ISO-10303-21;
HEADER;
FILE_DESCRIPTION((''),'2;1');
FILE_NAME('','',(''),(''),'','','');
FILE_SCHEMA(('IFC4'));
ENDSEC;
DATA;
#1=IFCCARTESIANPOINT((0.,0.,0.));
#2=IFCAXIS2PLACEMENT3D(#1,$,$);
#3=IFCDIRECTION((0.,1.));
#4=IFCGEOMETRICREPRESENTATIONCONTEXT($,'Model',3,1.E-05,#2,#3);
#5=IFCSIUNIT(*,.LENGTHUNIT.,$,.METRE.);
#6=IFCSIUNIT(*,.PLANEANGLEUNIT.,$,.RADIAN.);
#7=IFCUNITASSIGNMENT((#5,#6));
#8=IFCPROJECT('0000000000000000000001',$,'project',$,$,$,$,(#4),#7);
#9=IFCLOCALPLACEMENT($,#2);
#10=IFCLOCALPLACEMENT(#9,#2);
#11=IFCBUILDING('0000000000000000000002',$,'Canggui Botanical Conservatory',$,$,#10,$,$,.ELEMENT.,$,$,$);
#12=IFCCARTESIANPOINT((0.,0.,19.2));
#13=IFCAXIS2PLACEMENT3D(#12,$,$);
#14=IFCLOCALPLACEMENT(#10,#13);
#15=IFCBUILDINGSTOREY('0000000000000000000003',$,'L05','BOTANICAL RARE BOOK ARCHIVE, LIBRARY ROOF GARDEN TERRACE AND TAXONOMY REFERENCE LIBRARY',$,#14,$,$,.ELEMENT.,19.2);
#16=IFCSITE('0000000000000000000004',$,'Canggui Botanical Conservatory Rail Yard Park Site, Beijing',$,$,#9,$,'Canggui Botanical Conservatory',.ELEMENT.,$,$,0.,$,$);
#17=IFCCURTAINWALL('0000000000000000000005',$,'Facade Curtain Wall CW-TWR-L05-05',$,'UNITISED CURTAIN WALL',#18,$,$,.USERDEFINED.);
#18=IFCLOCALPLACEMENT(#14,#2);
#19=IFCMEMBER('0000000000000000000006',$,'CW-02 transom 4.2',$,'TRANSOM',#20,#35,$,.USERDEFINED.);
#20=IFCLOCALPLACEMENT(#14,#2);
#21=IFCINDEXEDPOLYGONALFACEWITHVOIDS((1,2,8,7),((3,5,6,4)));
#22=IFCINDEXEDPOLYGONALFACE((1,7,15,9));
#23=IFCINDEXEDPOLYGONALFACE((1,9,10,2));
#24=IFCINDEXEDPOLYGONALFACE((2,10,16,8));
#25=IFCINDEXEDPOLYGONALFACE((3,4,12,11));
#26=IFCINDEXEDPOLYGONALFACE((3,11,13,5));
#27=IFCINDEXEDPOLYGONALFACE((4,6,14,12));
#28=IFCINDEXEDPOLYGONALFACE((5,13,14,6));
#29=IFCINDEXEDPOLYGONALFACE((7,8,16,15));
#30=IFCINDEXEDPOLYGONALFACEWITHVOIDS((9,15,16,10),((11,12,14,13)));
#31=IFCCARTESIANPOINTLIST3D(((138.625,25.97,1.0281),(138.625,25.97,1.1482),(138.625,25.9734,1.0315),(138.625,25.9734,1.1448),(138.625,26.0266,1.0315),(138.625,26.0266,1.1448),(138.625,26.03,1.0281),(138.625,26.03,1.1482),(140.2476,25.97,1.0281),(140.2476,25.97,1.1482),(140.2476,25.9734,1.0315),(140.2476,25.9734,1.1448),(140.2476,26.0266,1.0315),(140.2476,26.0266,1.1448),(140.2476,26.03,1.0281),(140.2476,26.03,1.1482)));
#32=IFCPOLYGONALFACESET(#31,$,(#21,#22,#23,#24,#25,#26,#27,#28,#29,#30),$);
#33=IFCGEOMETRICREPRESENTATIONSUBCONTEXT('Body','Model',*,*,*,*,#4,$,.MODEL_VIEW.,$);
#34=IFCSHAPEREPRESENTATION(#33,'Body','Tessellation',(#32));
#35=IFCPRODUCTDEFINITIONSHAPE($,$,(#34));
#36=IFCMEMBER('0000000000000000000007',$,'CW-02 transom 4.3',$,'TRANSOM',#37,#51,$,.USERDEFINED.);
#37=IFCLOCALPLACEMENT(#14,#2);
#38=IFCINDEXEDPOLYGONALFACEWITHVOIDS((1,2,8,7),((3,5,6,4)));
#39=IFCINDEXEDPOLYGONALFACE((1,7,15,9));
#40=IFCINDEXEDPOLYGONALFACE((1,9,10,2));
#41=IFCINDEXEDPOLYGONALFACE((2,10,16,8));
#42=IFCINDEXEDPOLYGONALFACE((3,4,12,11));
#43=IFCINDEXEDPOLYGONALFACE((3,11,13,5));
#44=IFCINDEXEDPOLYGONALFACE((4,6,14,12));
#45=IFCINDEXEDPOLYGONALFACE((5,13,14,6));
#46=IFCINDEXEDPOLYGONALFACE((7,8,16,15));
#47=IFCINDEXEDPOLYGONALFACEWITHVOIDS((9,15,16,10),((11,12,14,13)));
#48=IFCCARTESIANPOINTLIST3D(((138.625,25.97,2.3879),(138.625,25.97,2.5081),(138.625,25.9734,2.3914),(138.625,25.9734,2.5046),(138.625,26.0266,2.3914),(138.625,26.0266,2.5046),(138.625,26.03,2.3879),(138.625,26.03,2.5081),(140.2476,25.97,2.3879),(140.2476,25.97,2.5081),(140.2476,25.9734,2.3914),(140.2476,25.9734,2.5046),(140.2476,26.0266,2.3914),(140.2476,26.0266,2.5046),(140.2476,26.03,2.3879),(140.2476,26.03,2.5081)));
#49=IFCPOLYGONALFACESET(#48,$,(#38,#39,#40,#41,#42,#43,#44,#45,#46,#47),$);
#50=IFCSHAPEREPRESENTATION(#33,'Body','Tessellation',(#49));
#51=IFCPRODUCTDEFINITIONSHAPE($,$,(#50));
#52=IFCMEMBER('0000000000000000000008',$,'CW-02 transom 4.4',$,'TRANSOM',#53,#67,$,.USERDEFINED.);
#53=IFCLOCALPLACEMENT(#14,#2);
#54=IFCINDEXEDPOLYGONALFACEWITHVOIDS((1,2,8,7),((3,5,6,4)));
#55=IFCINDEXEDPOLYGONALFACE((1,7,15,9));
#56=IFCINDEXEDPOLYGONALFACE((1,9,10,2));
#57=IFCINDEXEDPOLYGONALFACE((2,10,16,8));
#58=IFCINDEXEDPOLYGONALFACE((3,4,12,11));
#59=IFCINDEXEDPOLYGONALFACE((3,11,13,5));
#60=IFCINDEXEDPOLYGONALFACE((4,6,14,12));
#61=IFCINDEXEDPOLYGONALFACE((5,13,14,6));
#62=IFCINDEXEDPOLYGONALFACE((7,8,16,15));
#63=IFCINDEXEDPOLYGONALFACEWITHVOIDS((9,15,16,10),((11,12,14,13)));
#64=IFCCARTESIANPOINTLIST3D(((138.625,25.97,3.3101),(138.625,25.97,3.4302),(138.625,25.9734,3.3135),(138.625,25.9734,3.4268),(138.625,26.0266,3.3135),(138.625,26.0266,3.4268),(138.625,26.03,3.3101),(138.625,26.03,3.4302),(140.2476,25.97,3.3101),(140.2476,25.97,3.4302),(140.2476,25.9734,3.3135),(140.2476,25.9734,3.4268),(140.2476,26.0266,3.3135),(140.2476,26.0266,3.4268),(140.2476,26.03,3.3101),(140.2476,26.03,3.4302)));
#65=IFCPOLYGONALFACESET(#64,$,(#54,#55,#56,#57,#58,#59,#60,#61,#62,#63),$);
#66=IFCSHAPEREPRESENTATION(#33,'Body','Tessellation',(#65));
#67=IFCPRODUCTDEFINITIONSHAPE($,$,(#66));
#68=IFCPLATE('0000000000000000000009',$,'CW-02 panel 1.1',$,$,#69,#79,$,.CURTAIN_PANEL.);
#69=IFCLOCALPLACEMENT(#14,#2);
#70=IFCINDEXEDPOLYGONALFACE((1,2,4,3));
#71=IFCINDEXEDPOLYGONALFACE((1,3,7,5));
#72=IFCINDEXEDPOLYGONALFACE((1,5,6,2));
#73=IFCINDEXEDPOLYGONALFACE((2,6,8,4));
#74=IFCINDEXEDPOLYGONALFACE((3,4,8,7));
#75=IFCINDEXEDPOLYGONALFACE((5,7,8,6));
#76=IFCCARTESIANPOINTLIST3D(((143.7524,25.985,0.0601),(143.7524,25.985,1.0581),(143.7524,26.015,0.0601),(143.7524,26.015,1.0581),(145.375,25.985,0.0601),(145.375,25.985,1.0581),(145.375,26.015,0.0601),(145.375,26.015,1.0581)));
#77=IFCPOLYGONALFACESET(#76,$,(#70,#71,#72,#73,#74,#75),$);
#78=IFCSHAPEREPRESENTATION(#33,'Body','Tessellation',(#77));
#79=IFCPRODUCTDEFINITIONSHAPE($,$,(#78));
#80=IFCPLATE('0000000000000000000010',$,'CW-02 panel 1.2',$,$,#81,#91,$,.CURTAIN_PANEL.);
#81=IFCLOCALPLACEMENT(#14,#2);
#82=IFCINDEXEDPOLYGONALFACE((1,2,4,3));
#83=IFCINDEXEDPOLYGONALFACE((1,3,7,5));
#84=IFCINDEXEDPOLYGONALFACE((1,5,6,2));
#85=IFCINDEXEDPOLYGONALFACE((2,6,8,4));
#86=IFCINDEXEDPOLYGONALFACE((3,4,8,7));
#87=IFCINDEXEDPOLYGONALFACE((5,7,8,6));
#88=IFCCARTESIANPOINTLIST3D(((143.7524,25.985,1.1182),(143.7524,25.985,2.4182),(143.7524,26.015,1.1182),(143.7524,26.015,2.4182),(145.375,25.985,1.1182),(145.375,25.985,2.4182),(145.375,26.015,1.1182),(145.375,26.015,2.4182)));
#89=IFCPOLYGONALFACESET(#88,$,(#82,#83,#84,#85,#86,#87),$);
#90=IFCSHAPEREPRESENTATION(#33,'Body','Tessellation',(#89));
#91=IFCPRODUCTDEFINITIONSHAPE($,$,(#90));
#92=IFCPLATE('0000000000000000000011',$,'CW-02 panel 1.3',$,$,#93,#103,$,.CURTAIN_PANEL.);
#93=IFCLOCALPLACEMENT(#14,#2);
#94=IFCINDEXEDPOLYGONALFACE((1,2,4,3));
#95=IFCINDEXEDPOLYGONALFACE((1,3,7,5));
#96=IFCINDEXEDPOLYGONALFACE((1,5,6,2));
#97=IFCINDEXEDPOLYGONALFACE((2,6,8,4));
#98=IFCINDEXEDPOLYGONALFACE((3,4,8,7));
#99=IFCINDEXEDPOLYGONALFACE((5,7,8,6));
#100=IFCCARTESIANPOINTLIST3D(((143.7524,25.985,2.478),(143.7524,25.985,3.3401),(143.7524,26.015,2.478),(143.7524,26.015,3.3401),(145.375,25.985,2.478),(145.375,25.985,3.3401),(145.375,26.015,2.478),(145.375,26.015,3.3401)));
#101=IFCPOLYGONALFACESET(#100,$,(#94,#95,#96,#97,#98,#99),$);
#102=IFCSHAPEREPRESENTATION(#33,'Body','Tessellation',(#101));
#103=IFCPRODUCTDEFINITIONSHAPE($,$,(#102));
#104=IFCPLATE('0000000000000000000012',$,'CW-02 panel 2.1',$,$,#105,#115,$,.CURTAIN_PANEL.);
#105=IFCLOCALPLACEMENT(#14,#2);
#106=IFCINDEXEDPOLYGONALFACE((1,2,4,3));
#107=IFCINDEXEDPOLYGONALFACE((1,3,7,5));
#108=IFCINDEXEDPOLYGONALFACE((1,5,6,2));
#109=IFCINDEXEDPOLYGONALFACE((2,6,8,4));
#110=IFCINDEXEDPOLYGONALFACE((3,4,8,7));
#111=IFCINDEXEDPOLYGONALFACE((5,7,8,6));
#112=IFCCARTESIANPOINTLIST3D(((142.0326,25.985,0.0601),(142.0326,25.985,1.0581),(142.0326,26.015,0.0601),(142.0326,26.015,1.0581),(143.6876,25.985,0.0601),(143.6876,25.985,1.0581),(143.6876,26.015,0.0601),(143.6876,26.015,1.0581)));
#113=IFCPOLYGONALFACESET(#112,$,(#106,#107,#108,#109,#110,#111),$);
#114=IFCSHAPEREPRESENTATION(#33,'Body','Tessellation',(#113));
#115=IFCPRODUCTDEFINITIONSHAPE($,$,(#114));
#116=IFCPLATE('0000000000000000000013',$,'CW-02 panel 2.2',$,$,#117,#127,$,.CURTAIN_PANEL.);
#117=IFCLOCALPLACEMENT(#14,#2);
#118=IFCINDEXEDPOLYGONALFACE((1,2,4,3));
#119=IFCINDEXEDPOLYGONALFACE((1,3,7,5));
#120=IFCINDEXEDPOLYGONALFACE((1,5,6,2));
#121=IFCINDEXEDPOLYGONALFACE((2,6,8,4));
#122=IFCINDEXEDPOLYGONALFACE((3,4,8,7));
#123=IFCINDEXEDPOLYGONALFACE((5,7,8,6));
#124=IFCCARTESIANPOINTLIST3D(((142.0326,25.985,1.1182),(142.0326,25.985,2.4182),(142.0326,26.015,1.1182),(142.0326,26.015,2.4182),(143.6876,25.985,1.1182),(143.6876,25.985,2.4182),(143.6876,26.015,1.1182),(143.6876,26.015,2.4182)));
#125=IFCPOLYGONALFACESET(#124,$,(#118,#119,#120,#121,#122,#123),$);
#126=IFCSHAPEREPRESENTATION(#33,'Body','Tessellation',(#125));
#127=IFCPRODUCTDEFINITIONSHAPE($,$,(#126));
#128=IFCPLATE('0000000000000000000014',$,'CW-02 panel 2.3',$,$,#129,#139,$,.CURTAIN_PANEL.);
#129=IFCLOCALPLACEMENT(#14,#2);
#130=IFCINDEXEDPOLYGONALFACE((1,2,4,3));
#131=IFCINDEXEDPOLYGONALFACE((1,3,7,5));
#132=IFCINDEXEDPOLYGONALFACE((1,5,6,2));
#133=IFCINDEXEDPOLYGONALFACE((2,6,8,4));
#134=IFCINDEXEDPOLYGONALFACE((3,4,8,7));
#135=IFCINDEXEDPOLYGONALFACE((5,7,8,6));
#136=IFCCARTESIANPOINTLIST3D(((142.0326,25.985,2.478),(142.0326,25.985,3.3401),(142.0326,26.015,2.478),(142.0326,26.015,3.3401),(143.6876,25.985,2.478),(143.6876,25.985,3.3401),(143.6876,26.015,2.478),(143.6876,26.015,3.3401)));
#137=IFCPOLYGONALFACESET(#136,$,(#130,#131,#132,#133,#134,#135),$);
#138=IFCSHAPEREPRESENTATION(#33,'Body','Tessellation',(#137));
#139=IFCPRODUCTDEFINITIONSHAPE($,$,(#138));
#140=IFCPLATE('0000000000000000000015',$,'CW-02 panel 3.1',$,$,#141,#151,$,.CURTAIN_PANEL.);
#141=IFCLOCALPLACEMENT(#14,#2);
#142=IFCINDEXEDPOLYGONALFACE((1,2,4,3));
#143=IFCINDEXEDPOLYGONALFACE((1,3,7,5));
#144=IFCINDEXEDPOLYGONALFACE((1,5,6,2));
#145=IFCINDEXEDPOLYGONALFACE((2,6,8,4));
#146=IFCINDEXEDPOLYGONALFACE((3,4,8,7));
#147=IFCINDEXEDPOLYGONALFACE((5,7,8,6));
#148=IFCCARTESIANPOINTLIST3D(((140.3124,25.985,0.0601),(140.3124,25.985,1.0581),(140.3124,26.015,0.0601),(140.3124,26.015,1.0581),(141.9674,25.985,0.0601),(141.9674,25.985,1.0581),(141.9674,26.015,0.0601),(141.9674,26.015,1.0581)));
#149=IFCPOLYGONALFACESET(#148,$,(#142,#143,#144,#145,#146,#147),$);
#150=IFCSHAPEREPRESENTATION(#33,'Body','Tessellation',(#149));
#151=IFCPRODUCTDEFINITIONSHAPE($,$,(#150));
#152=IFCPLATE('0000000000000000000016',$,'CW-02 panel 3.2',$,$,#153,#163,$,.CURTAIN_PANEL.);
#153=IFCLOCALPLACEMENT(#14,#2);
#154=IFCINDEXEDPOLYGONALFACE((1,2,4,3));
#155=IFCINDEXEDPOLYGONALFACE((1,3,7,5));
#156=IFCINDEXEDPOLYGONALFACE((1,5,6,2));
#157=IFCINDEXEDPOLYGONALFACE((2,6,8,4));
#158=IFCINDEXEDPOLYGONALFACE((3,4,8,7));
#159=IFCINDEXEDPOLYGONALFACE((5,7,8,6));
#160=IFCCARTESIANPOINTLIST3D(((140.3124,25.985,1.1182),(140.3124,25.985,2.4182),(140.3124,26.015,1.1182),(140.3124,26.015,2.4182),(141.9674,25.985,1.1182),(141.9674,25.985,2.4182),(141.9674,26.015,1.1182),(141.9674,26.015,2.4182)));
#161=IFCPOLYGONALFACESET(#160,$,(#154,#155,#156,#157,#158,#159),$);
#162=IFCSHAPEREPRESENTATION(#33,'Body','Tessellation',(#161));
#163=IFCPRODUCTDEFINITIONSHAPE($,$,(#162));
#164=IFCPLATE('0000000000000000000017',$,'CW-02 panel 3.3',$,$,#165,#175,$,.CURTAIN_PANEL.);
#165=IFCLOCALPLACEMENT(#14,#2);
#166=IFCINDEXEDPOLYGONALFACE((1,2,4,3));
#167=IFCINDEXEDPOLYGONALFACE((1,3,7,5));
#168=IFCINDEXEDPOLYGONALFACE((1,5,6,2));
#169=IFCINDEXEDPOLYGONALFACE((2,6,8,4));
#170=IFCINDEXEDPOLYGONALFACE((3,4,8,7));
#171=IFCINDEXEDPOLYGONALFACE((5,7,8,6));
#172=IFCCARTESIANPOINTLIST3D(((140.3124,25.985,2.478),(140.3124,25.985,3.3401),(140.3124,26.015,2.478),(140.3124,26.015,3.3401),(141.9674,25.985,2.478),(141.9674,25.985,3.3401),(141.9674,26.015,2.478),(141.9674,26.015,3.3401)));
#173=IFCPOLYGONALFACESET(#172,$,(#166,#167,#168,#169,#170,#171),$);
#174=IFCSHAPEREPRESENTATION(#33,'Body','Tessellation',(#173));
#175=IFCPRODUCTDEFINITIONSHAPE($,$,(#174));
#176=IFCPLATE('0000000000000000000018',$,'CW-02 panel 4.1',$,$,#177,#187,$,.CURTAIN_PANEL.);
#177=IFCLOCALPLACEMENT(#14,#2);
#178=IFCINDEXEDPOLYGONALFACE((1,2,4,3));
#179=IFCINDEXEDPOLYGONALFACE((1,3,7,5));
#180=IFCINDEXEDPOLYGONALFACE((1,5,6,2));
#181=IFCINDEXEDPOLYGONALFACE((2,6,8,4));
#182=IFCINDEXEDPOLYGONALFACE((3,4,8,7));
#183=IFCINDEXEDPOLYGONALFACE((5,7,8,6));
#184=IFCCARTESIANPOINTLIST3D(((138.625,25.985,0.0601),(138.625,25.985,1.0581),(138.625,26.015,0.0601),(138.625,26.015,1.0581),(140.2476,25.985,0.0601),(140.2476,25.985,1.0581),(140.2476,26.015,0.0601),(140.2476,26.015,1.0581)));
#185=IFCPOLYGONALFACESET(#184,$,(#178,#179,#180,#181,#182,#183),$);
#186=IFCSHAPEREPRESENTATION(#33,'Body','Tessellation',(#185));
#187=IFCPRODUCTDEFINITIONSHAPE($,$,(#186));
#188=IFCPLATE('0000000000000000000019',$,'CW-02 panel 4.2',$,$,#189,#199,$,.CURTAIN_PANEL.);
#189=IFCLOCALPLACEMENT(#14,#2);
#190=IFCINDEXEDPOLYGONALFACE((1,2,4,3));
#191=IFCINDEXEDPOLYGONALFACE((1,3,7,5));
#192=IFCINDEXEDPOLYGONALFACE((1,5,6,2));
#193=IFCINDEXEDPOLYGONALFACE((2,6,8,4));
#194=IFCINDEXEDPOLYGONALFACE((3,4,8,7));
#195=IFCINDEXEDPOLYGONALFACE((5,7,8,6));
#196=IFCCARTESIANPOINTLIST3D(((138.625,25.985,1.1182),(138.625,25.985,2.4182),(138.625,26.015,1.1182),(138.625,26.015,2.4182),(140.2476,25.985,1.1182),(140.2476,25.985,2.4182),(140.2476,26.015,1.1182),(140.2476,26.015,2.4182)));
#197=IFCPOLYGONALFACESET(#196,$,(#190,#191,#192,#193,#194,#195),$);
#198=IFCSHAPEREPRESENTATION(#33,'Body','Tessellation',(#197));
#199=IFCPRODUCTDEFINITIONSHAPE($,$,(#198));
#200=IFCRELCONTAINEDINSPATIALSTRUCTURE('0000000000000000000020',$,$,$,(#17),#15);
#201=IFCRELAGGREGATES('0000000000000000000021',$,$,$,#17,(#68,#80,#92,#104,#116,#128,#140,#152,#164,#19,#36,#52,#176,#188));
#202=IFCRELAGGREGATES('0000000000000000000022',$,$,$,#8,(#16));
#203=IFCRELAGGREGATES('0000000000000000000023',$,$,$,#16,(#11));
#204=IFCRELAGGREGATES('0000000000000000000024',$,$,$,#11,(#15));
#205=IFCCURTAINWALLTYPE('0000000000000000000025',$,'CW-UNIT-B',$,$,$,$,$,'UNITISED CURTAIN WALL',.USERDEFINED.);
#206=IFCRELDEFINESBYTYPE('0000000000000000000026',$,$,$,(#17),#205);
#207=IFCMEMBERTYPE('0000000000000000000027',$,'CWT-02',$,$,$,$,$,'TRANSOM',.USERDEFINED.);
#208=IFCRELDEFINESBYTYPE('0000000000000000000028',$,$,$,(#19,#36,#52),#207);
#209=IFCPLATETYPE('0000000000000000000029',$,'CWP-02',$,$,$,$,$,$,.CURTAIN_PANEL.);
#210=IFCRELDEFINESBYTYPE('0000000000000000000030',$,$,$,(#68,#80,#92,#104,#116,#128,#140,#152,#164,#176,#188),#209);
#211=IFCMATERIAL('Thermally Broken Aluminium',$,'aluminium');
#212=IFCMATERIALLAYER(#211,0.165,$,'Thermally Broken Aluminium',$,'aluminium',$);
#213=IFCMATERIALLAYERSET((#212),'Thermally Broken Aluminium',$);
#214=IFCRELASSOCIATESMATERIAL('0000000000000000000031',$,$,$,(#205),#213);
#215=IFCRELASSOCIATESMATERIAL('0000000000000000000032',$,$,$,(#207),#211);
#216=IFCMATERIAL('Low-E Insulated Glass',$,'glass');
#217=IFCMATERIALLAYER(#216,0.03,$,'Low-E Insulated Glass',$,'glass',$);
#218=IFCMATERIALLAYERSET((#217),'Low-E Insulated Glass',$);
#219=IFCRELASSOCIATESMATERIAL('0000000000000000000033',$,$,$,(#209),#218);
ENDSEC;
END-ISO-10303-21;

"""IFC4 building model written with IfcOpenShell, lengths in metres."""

from ifc_helpers import new_model, si_unit, direction, frame, origin, origin_2d, place, context, subcontext, project, spatial, rectangle, hollow_rectangle, extrude, material, layer, layer_set, material_profile, profile_set, type_object, element, aggregate, save


model = new_model("IFC4")

# Units and contexts
model_context = context("Model", 3, precision=1e-05, world=origin(), true_north=direction((0.0, 1.0)))
body_context = subcontext(model_context, "Body", "Model", "MODEL_VIEW")
ifc_project = project(units=[si_unit("LENGTHUNIT", "METRE"), si_unit("PLANEANGLEUNIT", "RADIAN")], contexts=[model_context])

# Site, building, storey
site_placement = place(None, origin())
site = spatial("IfcSite", under=ifc_project, at=site_placement, Name="Canggui Botanical Conservatory Rail Yard Park Site, Beijing", LongName="Canggui Botanical Conservatory", CompositionType="ELEMENT", RefElevation=0.0)
building_placement = place(site_placement, origin())
building = spatial("IfcBuilding", under=site, at=building_placement, Name="Canggui Botanical Conservatory", CompositionType="ELEMENT")
storey_placement = place(building_placement, frame((0.0, 0.0, 19.2)))
storey = spatial("IfcBuildingStorey", under=building, at=storey_placement, Name="L05", Description="BOTANICAL RARE BOOK ARCHIVE, LIBRARY ROOF GARDEN TERRACE AND TAXONOMY REFERENCE LIBRARY", CompositionType="ELEMENT", Elevation=19.2)

# Curtain wall, members, plates
ifc_material_1 = material(Name="Thermally Broken Aluminium", Category="aluminium")
ifc_layer_1 = layer(ifc_material_1, 0.165, Name="Thermally Broken Aluminium", Category="aluminium")
ifc_layer_set_1 = layer_set([ifc_layer_1], Name="Thermally Broken Aluminium")
curtain_wall_type = type_object("IfcCurtainWallType", Name="CW-UNIT-B", ElementType="UNITISED CURTAIN WALL", PredefinedType="USERDEFINED", material=ifc_layer_set_1)
curtain_wall_placement = place(storey_placement, origin())
curtain_wall = element("IfcCurtainWall", 1, at=curtain_wall_placement, inside=storey, type_object=curtain_wall_type, Name="Facade Curtain Wall CW-TWR-L05-05", ObjectType="UNITISED CURTAIN WALL", PredefinedType="USERDEFINED")
ifc_material_profile_1 = material_profile(ifc_material_1, hollow_rectangle(XDim=0.0601, YDim=0.1201, WallThickness=0.0034, at=origin_2d()), Name="CWT 60x120x3.5")
ifc_profile_set_1 = profile_set([ifc_material_profile_1], Name="Thermally Broken Aluminium")
member_type_1 = type_object("IfcMemberType", Name="CWT-02", ElementType="TRANSOM", PredefinedType="USERDEFINED", material=ifc_profile_set_1)
member_1_placement = place(storey_placement, frame((140.2476, 26.0, 1.0881), z_axis=(-1.0, 0.0, 0.0), x_axis=(0.0, -1.0, 0.0)))
member_1 = element("IfcMember", 2, at=member_1_placement, type_object=member_type_1, Name="CW-02 transom 4.2", ObjectType="TRANSOM", PredefinedType="USERDEFINED", context=body_context, shape_type="SweptSolid", body=[
    extrude(hollow_rectangle(XDim=0.0601, YDim=0.1201, WallThickness=0.0034, at=origin_2d()), origin(), (0.0, 0.0, 1.0), 1.6226),
])
member_2_placement = place(storey_placement, frame((140.2476, 26.0, 2.448), z_axis=(-1.0, 0.0, 0.0), x_axis=(0.0, -1.0, 0.0)))
member_2 = element("IfcMember", 3, at=member_2_placement, type_object=member_type_1, Name="CW-02 transom 4.3", ObjectType="TRANSOM", PredefinedType="USERDEFINED", context=body_context, shape_type="SweptSolid", body=[
    extrude(hollow_rectangle(XDim=0.0601, YDim=0.1201, WallThickness=0.0034, at=origin_2d()), origin(), (0.0, 0.0, 1.0), 1.6226),
])
member_3_placement = place(storey_placement, frame((140.2476, 26.0, 3.3701), z_axis=(-1.0, 0.0, 0.0), x_axis=(0.0, -1.0, 0.0)))
member_3 = element("IfcMember", 4, at=member_3_placement, type_object=member_type_1, Name="CW-02 transom 4.4", ObjectType="TRANSOM", PredefinedType="USERDEFINED", context=body_context, shape_type="SweptSolid", body=[
    extrude(hollow_rectangle(XDim=0.0601, YDim=0.1201, WallThickness=0.0034, at=origin_2d()), origin(), (0.0, 0.0, 1.0), 1.6226),
])
ifc_material_2 = material(Name="Low-E Insulated Glass", Category="glass")
ifc_layer_2 = layer(ifc_material_2, 0.03, Name="Low-E Insulated Glass", Category="glass")
ifc_layer_set_2 = layer_set([ifc_layer_2], Name="Low-E Insulated Glass")
plate_type = type_object("IfcPlateType", Name="CWP-02", PredefinedType="CURTAIN_PANEL", material=ifc_layer_set_2)
plate_1_placement = place(storey_placement, frame((144.5637, 26.0, 0.0601), z_axis=(0.0, 0.0, 1.0), x_axis=(-1.0, 0.0, 0.0)))
plate_1 = element("IfcPlate", 5, at=plate_1_placement, type_object=plate_type, Name="CW-02 panel 1.1", PredefinedType="CURTAIN_PANEL", context=body_context, shape_type="SweptSolid", body=[
    extrude(rectangle(XDim=1.6226, YDim=0.03, at=origin_2d()), origin(), (0.0, 0.0, 1.0), 0.998),
])
plate_2_placement = place(storey_placement, frame((144.5637, 26.0, 1.1182), z_axis=(0.0, 0.0, 1.0), x_axis=(-1.0, 0.0, 0.0)))
plate_2 = element("IfcPlate", 6, at=plate_2_placement, type_object=plate_type, Name="CW-02 panel 1.2", PredefinedType="CURTAIN_PANEL", context=body_context, shape_type="SweptSolid", body=[
    extrude(rectangle(XDim=1.6226, YDim=0.03, at=origin_2d()), origin(), (0.0, 0.0, 1.0), 1.3),
])
plate_3_placement = place(storey_placement, frame((144.5637, 26.0, 2.478), z_axis=(0.0, 0.0, 1.0), x_axis=(-1.0, 0.0, 0.0)))
plate_3 = element("IfcPlate", 7, at=plate_3_placement, type_object=plate_type, Name="CW-02 panel 1.3", PredefinedType="CURTAIN_PANEL", context=body_context, shape_type="SweptSolid", body=[
    extrude(rectangle(XDim=1.6226, YDim=0.03, at=origin_2d()), origin(), (0.0, 0.0, 1.0), 0.8621),
])
plate_4_placement = place(storey_placement, frame((142.8601, 26.0, 0.0601), z_axis=(0.0, 0.0, 1.0), x_axis=(-1.0, 0.0, 0.0)))
plate_4 = element("IfcPlate", 8, at=plate_4_placement, type_object=plate_type, Name="CW-02 panel 2.1", PredefinedType="CURTAIN_PANEL", context=body_context, shape_type="SweptSolid", body=[
    extrude(rectangle(XDim=1.655, YDim=0.03, at=origin_2d()), origin(), (0.0, 0.0, 1.0), 0.998),
])
plate_5_placement = place(storey_placement, frame((142.8601, 26.0, 1.1182), z_axis=(0.0, 0.0, 1.0), x_axis=(-1.0, 0.0, 0.0)))
plate_5 = element("IfcPlate", 9, at=plate_5_placement, type_object=plate_type, Name="CW-02 panel 2.2", PredefinedType="CURTAIN_PANEL", context=body_context, shape_type="SweptSolid", body=[
    extrude(rectangle(XDim=1.655, YDim=0.03, at=origin_2d()), origin(), (0.0, 0.0, 1.0), 1.3),
])
plate_6_placement = place(storey_placement, frame((142.8601, 26.0, 2.478), z_axis=(0.0, 0.0, 1.0), x_axis=(-1.0, 0.0, 0.0)))
plate_6 = element("IfcPlate", 10, at=plate_6_placement, type_object=plate_type, Name="CW-02 panel 2.3", PredefinedType="CURTAIN_PANEL", context=body_context, shape_type="SweptSolid", body=[
    extrude(rectangle(XDim=1.655, YDim=0.03, at=origin_2d()), origin(), (0.0, 0.0, 1.0), 0.8621),
])
plate_7_placement = place(storey_placement, frame((141.1399, 26.0, 0.0601), z_axis=(0.0, 0.0, 1.0), x_axis=(-1.0, 0.0, 0.0)))
plate_7 = element("IfcPlate", 11, at=plate_7_placement, type_object=plate_type, Name="CW-02 panel 3.1", PredefinedType="CURTAIN_PANEL", context=body_context, shape_type="SweptSolid", body=[
    extrude(rectangle(XDim=1.655, YDim=0.03, at=origin_2d()), origin(), (0.0, 0.0, 1.0), 0.998),
])
plate_8_placement = place(storey_placement, frame((141.1399, 26.0, 1.1182), z_axis=(0.0, 0.0, 1.0), x_axis=(-1.0, 0.0, 0.0)))
plate_8 = element("IfcPlate", 12, at=plate_8_placement, type_object=plate_type, Name="CW-02 panel 3.2", PredefinedType="CURTAIN_PANEL", context=body_context, shape_type="SweptSolid", body=[
    extrude(rectangle(XDim=1.655, YDim=0.03, at=origin_2d()), origin(), (0.0, 0.0, 1.0), 1.3),
])
plate_9_placement = place(storey_placement, frame((141.1399, 26.0, 2.478), z_axis=(0.0, 0.0, 1.0), x_axis=(-1.0, 0.0, 0.0)))
plate_9 = element("IfcPlate", 13, at=plate_9_placement, type_object=plate_type, Name="CW-02 panel 3.3", PredefinedType="CURTAIN_PANEL", context=body_context, shape_type="SweptSolid", body=[
    extrude(rectangle(XDim=1.655, YDim=0.03, at=origin_2d()), origin(), (0.0, 0.0, 1.0), 0.8621),
])
plate_10_placement = place(storey_placement, frame((139.4363, 26.0, 0.0601), z_axis=(0.0, 0.0, 1.0), x_axis=(-1.0, 0.0, 0.0)))
plate_10 = element("IfcPlate", 14, at=plate_10_placement, type_object=plate_type, Name="CW-02 panel 4.1", PredefinedType="CURTAIN_PANEL", context=body_context, shape_type="SweptSolid", body=[
    extrude(rectangle(XDim=1.6226, YDim=0.03, at=origin_2d()), origin(), (0.0, 0.0, 1.0), 0.998),
])
plate_11_placement = place(storey_placement, frame((139.4363, 26.0, 1.1182), z_axis=(0.0, 0.0, 1.0), x_axis=(-1.0, 0.0, 0.0)))
plate_11 = element("IfcPlate", 15, at=plate_11_placement, type_object=plate_type, Name="CW-02 panel 4.2", PredefinedType="CURTAIN_PANEL", context=body_context, shape_type="SweptSolid", body=[
    extrude(rectangle(XDim=1.6226, YDim=0.03, at=origin_2d()), origin(), (0.0, 0.0, 1.0), 1.3),
])
aggregate(curtain_wall, [plate_1, plate_2, plate_3, plate_4, plate_5, plate_6, plate_7, plate_8, plate_9, member_1, member_2, member_3, plate_10, plate_11])

save(model, "model.ifc")
